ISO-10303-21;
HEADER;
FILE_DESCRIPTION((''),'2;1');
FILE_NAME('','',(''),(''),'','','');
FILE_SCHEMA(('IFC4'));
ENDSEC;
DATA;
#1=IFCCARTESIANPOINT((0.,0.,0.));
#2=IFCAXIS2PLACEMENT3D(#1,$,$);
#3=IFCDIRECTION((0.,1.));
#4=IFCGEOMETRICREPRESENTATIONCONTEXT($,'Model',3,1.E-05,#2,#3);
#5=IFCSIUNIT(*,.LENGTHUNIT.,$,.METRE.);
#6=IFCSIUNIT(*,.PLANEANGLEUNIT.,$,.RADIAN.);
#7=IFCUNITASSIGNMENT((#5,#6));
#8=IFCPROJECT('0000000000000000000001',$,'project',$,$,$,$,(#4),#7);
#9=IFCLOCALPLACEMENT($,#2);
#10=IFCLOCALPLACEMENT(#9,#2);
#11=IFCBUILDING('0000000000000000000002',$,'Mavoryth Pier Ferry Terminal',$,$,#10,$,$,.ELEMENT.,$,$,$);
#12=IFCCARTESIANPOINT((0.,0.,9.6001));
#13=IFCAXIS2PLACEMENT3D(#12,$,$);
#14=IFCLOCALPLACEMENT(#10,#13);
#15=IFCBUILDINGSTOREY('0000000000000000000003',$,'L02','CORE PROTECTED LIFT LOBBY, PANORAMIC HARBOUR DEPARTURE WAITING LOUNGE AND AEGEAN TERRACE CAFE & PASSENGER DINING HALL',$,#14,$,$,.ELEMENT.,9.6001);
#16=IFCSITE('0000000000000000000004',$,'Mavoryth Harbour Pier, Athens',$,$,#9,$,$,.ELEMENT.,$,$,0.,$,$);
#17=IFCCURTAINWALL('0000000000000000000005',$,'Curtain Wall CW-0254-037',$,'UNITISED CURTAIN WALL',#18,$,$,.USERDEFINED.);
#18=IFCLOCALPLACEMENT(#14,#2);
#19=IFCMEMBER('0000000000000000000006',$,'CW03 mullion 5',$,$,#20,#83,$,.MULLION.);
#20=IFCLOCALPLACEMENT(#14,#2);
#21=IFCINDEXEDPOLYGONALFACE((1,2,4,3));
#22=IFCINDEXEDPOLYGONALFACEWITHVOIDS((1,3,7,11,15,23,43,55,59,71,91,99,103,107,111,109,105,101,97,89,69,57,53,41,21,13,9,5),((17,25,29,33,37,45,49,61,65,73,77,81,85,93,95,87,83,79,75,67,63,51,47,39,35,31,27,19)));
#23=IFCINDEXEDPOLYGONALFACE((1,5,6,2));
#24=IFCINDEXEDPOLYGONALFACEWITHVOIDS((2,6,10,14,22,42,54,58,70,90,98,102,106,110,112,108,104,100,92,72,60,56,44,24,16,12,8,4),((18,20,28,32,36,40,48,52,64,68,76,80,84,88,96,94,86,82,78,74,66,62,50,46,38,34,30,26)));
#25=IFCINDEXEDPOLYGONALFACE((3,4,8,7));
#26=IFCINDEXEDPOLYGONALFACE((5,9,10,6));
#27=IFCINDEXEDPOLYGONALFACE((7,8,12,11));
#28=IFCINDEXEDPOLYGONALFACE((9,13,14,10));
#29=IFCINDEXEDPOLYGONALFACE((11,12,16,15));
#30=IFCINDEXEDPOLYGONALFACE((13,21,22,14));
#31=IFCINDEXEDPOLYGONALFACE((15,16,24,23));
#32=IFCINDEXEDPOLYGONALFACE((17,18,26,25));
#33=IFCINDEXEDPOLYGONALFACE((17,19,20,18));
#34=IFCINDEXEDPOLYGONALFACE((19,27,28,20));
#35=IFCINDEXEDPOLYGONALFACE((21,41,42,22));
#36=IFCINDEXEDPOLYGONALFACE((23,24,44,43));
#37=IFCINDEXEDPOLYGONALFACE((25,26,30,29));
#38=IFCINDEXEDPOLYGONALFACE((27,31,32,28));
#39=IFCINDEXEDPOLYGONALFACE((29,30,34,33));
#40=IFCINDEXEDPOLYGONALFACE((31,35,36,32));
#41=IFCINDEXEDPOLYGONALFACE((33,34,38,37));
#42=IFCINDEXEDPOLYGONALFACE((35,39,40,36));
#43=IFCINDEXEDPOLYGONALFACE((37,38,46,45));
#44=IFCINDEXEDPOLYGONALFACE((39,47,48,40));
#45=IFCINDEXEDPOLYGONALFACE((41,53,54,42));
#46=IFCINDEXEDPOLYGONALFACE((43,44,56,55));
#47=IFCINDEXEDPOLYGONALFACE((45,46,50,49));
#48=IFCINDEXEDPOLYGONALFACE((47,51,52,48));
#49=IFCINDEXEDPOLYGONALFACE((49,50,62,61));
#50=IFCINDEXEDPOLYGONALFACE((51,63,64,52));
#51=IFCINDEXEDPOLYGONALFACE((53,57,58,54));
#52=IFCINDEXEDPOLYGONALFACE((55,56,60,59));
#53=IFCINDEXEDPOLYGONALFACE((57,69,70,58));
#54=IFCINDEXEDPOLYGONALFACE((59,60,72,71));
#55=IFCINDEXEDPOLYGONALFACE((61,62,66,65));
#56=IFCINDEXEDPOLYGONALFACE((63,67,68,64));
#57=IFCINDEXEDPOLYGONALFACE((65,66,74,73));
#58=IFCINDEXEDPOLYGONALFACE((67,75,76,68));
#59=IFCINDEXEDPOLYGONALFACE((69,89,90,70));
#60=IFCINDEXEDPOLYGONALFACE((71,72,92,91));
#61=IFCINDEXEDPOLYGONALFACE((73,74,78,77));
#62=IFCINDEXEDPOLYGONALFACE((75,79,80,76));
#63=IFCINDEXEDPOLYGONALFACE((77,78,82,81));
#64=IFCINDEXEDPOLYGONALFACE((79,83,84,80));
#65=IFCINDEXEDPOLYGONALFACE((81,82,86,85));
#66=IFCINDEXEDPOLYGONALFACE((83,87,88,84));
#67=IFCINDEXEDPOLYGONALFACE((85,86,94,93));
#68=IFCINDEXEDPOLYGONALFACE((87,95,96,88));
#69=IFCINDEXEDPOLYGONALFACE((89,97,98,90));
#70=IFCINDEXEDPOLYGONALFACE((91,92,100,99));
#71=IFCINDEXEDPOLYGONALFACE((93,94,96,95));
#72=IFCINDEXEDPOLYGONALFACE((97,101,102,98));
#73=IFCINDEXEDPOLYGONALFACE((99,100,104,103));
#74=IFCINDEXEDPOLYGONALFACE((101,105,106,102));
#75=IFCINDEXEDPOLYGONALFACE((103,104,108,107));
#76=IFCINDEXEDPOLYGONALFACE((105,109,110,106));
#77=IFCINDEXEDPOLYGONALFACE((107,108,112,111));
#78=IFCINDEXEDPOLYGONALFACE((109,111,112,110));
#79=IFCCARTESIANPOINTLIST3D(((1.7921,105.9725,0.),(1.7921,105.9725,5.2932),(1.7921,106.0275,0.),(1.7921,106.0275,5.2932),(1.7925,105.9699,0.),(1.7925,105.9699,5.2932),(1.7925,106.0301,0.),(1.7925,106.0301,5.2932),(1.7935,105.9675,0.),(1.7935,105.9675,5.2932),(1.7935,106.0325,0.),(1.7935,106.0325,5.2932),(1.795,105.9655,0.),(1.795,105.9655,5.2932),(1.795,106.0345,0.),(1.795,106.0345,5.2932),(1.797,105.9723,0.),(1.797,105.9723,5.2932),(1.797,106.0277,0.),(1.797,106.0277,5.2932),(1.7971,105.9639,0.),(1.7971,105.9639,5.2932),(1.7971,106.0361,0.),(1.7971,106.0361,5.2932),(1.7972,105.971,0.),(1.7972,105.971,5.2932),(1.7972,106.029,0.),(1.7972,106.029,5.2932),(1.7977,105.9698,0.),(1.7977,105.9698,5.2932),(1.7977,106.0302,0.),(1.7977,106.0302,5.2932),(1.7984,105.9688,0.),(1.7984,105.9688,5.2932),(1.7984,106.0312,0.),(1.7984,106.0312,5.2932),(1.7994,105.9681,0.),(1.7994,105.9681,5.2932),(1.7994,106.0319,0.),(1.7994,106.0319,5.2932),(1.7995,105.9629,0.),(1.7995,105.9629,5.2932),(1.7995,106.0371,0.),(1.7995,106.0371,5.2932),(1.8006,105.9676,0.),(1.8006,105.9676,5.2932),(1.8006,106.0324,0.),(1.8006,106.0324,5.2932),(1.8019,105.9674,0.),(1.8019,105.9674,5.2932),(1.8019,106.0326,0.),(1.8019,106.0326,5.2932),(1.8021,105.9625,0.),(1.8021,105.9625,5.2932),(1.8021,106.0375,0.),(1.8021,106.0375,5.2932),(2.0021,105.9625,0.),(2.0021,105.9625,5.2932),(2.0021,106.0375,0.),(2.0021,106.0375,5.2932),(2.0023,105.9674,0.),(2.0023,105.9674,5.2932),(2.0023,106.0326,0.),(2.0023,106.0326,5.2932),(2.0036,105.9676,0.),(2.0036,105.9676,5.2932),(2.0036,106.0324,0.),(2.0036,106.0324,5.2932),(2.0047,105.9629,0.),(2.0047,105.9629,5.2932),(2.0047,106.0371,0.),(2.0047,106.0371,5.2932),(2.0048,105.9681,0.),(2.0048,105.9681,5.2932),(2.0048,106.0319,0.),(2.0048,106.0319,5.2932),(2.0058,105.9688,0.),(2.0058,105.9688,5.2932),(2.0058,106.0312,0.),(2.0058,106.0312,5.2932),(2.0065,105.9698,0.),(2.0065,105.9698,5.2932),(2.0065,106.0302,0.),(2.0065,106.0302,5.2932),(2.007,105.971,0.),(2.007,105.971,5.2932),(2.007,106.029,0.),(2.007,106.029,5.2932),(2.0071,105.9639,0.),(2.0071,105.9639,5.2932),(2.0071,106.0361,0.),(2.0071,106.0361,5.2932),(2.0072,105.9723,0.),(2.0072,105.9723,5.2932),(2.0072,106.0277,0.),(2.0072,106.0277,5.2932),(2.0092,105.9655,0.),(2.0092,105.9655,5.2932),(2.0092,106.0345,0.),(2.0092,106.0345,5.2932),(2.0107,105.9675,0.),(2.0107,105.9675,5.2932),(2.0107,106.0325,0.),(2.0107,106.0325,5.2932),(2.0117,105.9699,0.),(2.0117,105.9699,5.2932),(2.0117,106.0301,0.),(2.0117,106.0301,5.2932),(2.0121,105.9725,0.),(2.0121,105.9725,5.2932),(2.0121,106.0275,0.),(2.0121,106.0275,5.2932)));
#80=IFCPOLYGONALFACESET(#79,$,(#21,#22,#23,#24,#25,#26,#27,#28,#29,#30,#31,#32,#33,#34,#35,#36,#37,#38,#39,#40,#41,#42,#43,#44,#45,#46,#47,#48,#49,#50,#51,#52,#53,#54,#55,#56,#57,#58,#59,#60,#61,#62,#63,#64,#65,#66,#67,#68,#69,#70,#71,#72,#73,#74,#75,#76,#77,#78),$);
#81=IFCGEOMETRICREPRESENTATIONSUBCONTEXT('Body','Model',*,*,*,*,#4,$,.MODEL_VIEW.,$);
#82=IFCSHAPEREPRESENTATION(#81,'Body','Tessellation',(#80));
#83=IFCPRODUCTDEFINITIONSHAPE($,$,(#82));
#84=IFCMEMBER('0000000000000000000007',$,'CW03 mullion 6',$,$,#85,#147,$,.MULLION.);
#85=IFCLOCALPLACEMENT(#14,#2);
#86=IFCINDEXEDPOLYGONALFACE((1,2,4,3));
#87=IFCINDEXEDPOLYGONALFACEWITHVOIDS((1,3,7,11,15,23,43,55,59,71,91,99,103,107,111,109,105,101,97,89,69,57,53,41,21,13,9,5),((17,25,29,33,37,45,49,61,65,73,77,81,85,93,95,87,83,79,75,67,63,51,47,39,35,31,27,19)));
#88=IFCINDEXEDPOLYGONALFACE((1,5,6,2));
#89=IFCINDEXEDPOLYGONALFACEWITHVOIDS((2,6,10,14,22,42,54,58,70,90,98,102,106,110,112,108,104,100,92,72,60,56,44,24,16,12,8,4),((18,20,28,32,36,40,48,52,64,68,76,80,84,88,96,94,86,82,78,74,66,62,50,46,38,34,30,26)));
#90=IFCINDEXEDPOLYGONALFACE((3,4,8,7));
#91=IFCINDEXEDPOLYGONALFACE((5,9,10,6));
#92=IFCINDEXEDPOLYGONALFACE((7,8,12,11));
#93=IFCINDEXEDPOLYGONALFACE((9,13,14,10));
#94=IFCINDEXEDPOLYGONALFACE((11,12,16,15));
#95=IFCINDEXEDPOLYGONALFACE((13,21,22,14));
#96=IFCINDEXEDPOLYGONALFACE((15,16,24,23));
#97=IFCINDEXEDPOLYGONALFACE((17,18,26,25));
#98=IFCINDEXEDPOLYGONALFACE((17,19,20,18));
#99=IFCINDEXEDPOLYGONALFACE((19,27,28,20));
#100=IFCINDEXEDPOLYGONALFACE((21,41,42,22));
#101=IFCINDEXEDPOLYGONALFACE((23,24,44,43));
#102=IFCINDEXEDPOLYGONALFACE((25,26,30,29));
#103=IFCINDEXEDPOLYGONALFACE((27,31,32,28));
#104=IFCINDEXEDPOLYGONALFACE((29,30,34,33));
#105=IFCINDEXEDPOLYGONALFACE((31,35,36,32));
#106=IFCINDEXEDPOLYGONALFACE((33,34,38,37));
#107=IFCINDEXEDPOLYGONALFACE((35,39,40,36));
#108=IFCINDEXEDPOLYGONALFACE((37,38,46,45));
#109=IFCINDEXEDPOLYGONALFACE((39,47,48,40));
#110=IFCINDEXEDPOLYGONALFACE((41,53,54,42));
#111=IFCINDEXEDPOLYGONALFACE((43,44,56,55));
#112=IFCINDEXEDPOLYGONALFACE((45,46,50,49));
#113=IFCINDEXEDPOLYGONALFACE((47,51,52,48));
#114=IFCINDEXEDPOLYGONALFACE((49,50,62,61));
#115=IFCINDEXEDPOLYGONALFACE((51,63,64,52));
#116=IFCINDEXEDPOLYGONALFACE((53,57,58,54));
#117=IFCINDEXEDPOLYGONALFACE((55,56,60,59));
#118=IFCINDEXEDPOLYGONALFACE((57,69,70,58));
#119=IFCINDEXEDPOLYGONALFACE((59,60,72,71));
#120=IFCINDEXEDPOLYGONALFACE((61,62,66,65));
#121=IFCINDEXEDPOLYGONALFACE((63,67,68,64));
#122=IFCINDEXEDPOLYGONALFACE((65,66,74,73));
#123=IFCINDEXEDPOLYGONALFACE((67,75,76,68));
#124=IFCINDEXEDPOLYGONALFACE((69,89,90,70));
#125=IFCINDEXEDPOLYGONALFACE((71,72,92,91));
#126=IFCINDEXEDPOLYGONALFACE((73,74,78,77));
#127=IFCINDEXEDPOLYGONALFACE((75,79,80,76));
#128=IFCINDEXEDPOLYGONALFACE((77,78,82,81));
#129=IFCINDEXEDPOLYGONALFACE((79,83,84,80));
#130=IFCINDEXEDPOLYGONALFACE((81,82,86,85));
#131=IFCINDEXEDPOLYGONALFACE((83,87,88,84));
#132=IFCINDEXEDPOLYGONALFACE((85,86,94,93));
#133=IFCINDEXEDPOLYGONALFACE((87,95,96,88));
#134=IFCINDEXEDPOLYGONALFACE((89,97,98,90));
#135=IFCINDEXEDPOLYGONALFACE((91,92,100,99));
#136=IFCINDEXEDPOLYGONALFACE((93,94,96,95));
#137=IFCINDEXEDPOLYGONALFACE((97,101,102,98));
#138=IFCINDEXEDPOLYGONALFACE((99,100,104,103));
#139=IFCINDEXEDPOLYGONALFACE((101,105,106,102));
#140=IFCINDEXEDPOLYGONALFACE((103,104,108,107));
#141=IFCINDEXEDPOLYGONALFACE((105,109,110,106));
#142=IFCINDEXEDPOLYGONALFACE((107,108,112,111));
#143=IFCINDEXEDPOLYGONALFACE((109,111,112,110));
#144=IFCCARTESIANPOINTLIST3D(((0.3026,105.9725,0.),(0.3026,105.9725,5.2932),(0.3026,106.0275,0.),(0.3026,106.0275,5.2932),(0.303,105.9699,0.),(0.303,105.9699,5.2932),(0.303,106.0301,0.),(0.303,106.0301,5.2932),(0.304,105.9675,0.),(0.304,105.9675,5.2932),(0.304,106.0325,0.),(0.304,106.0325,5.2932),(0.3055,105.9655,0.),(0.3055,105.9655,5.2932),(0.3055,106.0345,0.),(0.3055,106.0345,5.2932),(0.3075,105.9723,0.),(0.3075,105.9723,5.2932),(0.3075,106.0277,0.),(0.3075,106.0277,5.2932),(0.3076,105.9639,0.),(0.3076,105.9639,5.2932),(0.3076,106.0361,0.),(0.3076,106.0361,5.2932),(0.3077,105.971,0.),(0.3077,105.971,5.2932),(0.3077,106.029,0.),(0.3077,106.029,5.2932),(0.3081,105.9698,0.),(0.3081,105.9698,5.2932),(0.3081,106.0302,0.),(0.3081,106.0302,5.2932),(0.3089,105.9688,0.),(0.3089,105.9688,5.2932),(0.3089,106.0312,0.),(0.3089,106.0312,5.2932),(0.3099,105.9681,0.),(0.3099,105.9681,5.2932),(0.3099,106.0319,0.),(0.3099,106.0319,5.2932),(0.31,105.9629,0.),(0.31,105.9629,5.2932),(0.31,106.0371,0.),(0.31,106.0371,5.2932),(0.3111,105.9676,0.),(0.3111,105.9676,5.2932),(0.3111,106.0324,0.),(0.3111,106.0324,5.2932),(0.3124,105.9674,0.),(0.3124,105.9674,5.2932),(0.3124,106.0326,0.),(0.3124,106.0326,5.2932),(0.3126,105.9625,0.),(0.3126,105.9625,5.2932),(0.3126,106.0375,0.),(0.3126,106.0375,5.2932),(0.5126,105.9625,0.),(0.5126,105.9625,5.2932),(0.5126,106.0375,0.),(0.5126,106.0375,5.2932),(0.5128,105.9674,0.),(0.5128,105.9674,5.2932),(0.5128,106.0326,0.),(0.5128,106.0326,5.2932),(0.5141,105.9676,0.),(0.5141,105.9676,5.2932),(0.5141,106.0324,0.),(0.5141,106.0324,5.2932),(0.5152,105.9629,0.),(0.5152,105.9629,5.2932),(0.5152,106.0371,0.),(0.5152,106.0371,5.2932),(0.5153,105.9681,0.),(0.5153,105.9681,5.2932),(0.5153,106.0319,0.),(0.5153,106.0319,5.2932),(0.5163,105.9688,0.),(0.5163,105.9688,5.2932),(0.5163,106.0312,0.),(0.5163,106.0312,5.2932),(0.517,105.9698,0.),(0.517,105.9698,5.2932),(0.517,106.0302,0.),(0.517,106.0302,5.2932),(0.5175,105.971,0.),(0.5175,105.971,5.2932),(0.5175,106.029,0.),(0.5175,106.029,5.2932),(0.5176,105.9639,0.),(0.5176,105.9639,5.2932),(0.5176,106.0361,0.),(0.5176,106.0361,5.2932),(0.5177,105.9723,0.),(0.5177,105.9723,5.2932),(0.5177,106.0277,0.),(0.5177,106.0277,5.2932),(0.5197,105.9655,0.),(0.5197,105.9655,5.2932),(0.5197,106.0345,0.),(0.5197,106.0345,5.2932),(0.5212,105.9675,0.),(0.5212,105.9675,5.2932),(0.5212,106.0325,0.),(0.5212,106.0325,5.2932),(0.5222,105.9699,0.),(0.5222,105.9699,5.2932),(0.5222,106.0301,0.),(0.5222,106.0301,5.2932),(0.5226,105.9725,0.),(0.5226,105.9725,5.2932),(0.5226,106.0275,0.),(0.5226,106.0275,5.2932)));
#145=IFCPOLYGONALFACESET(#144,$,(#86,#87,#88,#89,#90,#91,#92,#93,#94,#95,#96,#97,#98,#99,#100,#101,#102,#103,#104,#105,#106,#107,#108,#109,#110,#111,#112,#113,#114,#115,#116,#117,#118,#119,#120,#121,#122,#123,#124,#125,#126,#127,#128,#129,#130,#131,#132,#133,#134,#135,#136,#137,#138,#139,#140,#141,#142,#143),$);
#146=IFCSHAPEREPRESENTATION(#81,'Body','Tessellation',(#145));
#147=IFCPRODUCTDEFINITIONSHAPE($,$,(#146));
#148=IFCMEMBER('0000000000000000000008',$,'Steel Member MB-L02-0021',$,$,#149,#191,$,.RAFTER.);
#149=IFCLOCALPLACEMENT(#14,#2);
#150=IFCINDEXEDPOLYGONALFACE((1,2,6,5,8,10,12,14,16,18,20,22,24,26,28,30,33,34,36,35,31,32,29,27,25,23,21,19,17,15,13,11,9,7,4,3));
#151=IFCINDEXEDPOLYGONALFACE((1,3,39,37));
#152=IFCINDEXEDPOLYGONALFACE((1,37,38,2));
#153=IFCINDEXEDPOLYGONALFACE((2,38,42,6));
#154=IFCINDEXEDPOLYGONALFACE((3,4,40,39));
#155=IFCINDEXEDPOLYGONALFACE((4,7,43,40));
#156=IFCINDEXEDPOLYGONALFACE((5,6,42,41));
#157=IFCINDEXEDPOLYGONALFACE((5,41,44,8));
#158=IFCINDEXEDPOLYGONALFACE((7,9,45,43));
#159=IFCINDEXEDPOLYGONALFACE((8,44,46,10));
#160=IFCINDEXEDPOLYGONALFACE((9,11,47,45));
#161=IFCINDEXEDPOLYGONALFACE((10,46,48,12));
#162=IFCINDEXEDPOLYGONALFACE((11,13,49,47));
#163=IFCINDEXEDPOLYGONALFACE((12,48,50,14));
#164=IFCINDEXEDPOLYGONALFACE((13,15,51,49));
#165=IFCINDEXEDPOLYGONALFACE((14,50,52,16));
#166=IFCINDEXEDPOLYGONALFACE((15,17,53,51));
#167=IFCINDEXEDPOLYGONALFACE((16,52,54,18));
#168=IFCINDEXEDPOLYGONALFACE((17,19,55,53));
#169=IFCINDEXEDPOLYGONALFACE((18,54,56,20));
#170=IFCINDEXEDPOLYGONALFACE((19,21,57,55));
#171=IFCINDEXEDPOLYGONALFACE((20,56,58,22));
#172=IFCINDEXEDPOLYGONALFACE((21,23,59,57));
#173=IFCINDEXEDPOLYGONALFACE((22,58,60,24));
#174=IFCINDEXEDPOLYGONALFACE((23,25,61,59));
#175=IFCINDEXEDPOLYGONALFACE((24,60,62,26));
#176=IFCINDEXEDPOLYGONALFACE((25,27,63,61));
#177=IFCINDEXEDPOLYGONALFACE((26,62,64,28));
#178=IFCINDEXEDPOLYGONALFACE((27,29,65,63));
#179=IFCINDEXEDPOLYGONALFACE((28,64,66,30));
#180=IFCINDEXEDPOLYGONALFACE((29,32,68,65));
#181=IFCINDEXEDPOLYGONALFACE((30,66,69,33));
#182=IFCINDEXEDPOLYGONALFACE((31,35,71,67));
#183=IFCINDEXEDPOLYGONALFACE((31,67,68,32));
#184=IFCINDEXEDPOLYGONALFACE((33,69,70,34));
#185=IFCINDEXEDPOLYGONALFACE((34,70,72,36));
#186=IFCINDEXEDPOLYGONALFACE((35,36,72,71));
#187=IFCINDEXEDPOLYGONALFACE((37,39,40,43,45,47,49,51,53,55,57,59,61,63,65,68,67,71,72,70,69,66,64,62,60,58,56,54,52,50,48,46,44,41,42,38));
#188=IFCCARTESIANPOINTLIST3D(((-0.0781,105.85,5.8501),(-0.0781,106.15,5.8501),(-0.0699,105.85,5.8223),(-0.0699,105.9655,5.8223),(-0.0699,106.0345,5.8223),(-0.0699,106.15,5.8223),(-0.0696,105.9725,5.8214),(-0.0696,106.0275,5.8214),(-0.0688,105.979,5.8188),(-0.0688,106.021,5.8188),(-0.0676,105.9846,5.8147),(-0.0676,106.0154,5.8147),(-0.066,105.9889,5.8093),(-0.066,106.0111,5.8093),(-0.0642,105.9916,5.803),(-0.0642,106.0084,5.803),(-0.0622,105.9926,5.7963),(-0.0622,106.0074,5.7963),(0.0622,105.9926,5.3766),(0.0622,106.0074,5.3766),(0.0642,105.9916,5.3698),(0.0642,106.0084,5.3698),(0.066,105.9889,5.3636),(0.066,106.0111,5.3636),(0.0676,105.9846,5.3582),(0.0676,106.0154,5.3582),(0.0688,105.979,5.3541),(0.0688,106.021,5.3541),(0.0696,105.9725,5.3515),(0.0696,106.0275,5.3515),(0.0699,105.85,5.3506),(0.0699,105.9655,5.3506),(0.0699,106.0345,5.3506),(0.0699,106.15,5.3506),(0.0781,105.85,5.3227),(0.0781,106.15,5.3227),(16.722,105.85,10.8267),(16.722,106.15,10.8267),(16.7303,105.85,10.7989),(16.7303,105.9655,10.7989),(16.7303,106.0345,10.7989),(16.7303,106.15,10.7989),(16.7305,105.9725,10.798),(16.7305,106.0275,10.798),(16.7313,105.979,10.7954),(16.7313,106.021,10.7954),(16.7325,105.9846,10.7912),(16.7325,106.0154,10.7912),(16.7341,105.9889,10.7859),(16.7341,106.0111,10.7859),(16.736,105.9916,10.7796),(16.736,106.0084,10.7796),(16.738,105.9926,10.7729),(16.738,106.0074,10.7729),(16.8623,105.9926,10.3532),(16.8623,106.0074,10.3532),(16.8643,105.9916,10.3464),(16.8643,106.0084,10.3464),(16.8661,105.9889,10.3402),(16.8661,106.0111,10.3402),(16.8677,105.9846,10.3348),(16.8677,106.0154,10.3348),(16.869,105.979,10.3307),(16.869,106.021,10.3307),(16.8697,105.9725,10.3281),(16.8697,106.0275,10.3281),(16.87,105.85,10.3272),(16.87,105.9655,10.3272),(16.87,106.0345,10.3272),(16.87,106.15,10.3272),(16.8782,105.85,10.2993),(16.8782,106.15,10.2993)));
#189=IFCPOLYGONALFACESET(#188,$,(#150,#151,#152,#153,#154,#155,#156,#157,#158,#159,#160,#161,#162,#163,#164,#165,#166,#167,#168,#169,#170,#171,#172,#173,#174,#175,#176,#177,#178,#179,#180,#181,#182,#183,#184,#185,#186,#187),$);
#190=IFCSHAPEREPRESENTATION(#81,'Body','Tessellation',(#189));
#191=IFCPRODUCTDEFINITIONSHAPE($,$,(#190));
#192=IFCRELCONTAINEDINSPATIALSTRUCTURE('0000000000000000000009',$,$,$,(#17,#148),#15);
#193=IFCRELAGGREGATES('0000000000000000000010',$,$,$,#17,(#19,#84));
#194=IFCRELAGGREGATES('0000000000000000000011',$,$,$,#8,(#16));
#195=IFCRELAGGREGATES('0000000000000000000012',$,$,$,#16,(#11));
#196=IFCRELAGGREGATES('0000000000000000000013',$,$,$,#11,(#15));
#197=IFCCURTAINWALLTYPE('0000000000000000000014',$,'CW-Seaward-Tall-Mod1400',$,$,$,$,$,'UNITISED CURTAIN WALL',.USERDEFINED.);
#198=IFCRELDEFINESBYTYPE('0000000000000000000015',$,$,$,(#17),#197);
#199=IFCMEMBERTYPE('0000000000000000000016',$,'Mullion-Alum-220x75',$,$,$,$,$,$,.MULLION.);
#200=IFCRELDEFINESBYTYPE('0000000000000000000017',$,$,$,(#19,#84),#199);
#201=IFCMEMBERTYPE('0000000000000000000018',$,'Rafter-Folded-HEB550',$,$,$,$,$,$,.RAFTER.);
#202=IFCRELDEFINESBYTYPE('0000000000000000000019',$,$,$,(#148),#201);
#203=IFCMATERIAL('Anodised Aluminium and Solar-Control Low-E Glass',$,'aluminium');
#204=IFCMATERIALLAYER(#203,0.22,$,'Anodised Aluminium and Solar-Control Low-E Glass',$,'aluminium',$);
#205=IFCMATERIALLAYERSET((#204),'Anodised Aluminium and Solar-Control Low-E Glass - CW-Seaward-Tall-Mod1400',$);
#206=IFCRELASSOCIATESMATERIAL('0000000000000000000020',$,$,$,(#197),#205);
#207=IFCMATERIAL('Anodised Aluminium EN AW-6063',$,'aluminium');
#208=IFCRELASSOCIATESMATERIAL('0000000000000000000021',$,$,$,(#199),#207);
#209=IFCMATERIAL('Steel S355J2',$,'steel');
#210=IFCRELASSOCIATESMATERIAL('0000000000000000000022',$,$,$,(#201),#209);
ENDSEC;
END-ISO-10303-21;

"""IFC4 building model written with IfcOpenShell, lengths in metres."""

from ifc_helpers import new_model, si_unit, direction, frame, origin, origin_2d, place, context, subcontext, project, spatial, hollow_rectangle, i_section, extrude, material, layer, layer_set, material_profile, profile_set, type_object, element, aggregate, save


model = new_model("IFC4")

# Units and contexts
model_context = context("Model", 3, precision=1e-05, world=origin(), true_north=direction((0.0, 1.0)))
body_context = subcontext(model_context, "Body", "Model", "MODEL_VIEW")
ifc_project = project(units=[si_unit("LENGTHUNIT", "METRE"), si_unit("PLANEANGLEUNIT", "RADIAN")], contexts=[model_context])

# Site, building, storey
site_placement = place(None, origin())
site = spatial("IfcSite", under=ifc_project, at=site_placement, Name="Mavoryth Harbour Pier, Athens", CompositionType="ELEMENT", RefElevation=0.0)
building_placement = place(site_placement, origin())
building = spatial("IfcBuilding", under=site, at=building_placement, Name="Mavoryth Pier Ferry Terminal", CompositionType="ELEMENT")
storey_placement = place(building_placement, frame((0.0, 0.0, 9.6001)))
storey = spatial("IfcBuildingStorey", under=building, at=storey_placement, Name="L02", Description="CORE PROTECTED LIFT LOBBY, PANORAMIC HARBOUR DEPARTURE WAITING LOUNGE AND AEGEAN TERRACE CAFE & PASSENGER DINING HALL", CompositionType="ELEMENT", Elevation=9.6001)

# Shared definitions
ifc_material_1 = material(Name="Steel S355J2", Category="steel")

# Curtain wall, members
ifc_material_2 = material(Name="Anodised Aluminium and Solar-Control Low-E Glass", Category="aluminium")
ifc_material_3 = material(Name="Anodised Aluminium EN AW-6063", Category="aluminium")
ifc_layer_1 = layer(ifc_material_2, 0.22, Name="Anodised Aluminium and Solar-Control Low-E Glass", Category="aluminium")
ifc_layer_set_1 = layer_set([ifc_layer_1], Name="Anodised Aluminium and Solar-Control Low-E Glass - CW-Seaward-Tall-Mod1400")
curtain_wall_type_1 = type_object("IfcCurtainWallType", Name="CW-Seaward-Tall-Mod1400", ElementType="UNITISED CURTAIN WALL", PredefinedType="USERDEFINED", material=ifc_layer_set_1)
curtain_wall_1_placement = place(storey_placement, origin())
curtain_wall_1 = element("IfcCurtainWall", 1, at=curtain_wall_1_placement, inside=storey, type_object=curtain_wall_type_1, Name="Curtain Wall CW-0254-037", ObjectType="UNITISED CURTAIN WALL", PredefinedType="USERDEFINED")
ifc_material_profile_1 = material_profile(ifc_material_3, hollow_rectangle(XDim=0.075, YDim=0.22, WallThickness=0.0049, InnerFilletRadius=0.0049, OuterFilletRadius=0.01, at=origin_2d()), Name="AL-MULL 220x75x5", Category="aluminium")
ifc_profile_set_1 = profile_set([ifc_material_profile_1], Name="Anodised Aluminium EN AW-6063 - AL-MULL 220x75x5")
member_type_1 = type_object("IfcMemberType", Name="Mullion-Alum-220x75", PredefinedType="MULLION", material=ifc_profile_set_1)
member_1_placement = place(storey_placement, frame((1.9021, 106.0, 0.0), z_axis=(0.0, 0.0, 1.0), x_axis=(0.0, -1.0, 0.0)))
member_1 = element("IfcMember", 2, at=member_1_placement, type_object=member_type_1, Name="CW03 mullion 5", PredefinedType="MULLION", context=body_context, shape_type="SweptSolid", body=[
    extrude(hollow_rectangle(XDim=0.075, YDim=0.22, WallThickness=0.0049, InnerFilletRadius=0.0049, OuterFilletRadius=0.01, at=origin_2d()), origin(), (0.0, 0.0, 1.0), 5.2932),
])
member_2_placement = place(storey_placement, frame((0.4126, 106.0, 0.0), z_axis=(0.0, 0.0, 1.0), x_axis=(0.0, -1.0, 0.0)))
member_2 = element("IfcMember", 3, at=member_2_placement, type_object=member_type_1, Name="CW03 mullion 6", PredefinedType="MULLION", context=body_context, shape_type="SweptSolid", body=[
    extrude(hollow_rectangle(XDim=0.075, YDim=0.22, WallThickness=0.0049, InnerFilletRadius=0.0049, OuterFilletRadius=0.01, at=origin_2d()), origin(), (0.0, 0.0, 1.0), 5.2932),
])

# Member
ifc_material_profile_2 = material_profile(ifc_material_1, i_section(OverallWidth=0.3, OverallDepth=0.55, WebThickness=0.0149, FlangeThickness=0.0291, FilletRadius=0.0271, at=origin_2d()), Name="HEB 550", Category="steel")
ifc_profile_set_2 = profile_set([ifc_material_profile_2], Name="Steel S355J2 - HEB 550")
member_type_2 = type_object("IfcMemberType", Name="Rafter-Folded-HEB550", PredefinedType="RAFTER", material=ifc_profile_set_2)
member_3_placement = place(storey_placement, frame((0.0, 106.0, 5.5864), z_axis=(0.958817, 0.0, 0.284024), x_axis=(0.0, 1.0, 0.0)))
element("IfcMember", 4, at=member_3_placement, inside=storey, type_object=member_type_2, Name="Steel Member MB-L02-0021", PredefinedType="RAFTER", context=body_context, shape_type="SweptSolid", body=[
    extrude(i_section(OverallWidth=0.3, OverallDepth=0.55, WebThickness=0.0149, FlangeThickness=0.0291, FilletRadius=0.0271, at=origin_2d()), origin(), (0.0, 0.0, 1.0), 17.5217),
])

aggregate(curtain_wall_1, [member_1, member_2])

save(model, "model.ifc")
